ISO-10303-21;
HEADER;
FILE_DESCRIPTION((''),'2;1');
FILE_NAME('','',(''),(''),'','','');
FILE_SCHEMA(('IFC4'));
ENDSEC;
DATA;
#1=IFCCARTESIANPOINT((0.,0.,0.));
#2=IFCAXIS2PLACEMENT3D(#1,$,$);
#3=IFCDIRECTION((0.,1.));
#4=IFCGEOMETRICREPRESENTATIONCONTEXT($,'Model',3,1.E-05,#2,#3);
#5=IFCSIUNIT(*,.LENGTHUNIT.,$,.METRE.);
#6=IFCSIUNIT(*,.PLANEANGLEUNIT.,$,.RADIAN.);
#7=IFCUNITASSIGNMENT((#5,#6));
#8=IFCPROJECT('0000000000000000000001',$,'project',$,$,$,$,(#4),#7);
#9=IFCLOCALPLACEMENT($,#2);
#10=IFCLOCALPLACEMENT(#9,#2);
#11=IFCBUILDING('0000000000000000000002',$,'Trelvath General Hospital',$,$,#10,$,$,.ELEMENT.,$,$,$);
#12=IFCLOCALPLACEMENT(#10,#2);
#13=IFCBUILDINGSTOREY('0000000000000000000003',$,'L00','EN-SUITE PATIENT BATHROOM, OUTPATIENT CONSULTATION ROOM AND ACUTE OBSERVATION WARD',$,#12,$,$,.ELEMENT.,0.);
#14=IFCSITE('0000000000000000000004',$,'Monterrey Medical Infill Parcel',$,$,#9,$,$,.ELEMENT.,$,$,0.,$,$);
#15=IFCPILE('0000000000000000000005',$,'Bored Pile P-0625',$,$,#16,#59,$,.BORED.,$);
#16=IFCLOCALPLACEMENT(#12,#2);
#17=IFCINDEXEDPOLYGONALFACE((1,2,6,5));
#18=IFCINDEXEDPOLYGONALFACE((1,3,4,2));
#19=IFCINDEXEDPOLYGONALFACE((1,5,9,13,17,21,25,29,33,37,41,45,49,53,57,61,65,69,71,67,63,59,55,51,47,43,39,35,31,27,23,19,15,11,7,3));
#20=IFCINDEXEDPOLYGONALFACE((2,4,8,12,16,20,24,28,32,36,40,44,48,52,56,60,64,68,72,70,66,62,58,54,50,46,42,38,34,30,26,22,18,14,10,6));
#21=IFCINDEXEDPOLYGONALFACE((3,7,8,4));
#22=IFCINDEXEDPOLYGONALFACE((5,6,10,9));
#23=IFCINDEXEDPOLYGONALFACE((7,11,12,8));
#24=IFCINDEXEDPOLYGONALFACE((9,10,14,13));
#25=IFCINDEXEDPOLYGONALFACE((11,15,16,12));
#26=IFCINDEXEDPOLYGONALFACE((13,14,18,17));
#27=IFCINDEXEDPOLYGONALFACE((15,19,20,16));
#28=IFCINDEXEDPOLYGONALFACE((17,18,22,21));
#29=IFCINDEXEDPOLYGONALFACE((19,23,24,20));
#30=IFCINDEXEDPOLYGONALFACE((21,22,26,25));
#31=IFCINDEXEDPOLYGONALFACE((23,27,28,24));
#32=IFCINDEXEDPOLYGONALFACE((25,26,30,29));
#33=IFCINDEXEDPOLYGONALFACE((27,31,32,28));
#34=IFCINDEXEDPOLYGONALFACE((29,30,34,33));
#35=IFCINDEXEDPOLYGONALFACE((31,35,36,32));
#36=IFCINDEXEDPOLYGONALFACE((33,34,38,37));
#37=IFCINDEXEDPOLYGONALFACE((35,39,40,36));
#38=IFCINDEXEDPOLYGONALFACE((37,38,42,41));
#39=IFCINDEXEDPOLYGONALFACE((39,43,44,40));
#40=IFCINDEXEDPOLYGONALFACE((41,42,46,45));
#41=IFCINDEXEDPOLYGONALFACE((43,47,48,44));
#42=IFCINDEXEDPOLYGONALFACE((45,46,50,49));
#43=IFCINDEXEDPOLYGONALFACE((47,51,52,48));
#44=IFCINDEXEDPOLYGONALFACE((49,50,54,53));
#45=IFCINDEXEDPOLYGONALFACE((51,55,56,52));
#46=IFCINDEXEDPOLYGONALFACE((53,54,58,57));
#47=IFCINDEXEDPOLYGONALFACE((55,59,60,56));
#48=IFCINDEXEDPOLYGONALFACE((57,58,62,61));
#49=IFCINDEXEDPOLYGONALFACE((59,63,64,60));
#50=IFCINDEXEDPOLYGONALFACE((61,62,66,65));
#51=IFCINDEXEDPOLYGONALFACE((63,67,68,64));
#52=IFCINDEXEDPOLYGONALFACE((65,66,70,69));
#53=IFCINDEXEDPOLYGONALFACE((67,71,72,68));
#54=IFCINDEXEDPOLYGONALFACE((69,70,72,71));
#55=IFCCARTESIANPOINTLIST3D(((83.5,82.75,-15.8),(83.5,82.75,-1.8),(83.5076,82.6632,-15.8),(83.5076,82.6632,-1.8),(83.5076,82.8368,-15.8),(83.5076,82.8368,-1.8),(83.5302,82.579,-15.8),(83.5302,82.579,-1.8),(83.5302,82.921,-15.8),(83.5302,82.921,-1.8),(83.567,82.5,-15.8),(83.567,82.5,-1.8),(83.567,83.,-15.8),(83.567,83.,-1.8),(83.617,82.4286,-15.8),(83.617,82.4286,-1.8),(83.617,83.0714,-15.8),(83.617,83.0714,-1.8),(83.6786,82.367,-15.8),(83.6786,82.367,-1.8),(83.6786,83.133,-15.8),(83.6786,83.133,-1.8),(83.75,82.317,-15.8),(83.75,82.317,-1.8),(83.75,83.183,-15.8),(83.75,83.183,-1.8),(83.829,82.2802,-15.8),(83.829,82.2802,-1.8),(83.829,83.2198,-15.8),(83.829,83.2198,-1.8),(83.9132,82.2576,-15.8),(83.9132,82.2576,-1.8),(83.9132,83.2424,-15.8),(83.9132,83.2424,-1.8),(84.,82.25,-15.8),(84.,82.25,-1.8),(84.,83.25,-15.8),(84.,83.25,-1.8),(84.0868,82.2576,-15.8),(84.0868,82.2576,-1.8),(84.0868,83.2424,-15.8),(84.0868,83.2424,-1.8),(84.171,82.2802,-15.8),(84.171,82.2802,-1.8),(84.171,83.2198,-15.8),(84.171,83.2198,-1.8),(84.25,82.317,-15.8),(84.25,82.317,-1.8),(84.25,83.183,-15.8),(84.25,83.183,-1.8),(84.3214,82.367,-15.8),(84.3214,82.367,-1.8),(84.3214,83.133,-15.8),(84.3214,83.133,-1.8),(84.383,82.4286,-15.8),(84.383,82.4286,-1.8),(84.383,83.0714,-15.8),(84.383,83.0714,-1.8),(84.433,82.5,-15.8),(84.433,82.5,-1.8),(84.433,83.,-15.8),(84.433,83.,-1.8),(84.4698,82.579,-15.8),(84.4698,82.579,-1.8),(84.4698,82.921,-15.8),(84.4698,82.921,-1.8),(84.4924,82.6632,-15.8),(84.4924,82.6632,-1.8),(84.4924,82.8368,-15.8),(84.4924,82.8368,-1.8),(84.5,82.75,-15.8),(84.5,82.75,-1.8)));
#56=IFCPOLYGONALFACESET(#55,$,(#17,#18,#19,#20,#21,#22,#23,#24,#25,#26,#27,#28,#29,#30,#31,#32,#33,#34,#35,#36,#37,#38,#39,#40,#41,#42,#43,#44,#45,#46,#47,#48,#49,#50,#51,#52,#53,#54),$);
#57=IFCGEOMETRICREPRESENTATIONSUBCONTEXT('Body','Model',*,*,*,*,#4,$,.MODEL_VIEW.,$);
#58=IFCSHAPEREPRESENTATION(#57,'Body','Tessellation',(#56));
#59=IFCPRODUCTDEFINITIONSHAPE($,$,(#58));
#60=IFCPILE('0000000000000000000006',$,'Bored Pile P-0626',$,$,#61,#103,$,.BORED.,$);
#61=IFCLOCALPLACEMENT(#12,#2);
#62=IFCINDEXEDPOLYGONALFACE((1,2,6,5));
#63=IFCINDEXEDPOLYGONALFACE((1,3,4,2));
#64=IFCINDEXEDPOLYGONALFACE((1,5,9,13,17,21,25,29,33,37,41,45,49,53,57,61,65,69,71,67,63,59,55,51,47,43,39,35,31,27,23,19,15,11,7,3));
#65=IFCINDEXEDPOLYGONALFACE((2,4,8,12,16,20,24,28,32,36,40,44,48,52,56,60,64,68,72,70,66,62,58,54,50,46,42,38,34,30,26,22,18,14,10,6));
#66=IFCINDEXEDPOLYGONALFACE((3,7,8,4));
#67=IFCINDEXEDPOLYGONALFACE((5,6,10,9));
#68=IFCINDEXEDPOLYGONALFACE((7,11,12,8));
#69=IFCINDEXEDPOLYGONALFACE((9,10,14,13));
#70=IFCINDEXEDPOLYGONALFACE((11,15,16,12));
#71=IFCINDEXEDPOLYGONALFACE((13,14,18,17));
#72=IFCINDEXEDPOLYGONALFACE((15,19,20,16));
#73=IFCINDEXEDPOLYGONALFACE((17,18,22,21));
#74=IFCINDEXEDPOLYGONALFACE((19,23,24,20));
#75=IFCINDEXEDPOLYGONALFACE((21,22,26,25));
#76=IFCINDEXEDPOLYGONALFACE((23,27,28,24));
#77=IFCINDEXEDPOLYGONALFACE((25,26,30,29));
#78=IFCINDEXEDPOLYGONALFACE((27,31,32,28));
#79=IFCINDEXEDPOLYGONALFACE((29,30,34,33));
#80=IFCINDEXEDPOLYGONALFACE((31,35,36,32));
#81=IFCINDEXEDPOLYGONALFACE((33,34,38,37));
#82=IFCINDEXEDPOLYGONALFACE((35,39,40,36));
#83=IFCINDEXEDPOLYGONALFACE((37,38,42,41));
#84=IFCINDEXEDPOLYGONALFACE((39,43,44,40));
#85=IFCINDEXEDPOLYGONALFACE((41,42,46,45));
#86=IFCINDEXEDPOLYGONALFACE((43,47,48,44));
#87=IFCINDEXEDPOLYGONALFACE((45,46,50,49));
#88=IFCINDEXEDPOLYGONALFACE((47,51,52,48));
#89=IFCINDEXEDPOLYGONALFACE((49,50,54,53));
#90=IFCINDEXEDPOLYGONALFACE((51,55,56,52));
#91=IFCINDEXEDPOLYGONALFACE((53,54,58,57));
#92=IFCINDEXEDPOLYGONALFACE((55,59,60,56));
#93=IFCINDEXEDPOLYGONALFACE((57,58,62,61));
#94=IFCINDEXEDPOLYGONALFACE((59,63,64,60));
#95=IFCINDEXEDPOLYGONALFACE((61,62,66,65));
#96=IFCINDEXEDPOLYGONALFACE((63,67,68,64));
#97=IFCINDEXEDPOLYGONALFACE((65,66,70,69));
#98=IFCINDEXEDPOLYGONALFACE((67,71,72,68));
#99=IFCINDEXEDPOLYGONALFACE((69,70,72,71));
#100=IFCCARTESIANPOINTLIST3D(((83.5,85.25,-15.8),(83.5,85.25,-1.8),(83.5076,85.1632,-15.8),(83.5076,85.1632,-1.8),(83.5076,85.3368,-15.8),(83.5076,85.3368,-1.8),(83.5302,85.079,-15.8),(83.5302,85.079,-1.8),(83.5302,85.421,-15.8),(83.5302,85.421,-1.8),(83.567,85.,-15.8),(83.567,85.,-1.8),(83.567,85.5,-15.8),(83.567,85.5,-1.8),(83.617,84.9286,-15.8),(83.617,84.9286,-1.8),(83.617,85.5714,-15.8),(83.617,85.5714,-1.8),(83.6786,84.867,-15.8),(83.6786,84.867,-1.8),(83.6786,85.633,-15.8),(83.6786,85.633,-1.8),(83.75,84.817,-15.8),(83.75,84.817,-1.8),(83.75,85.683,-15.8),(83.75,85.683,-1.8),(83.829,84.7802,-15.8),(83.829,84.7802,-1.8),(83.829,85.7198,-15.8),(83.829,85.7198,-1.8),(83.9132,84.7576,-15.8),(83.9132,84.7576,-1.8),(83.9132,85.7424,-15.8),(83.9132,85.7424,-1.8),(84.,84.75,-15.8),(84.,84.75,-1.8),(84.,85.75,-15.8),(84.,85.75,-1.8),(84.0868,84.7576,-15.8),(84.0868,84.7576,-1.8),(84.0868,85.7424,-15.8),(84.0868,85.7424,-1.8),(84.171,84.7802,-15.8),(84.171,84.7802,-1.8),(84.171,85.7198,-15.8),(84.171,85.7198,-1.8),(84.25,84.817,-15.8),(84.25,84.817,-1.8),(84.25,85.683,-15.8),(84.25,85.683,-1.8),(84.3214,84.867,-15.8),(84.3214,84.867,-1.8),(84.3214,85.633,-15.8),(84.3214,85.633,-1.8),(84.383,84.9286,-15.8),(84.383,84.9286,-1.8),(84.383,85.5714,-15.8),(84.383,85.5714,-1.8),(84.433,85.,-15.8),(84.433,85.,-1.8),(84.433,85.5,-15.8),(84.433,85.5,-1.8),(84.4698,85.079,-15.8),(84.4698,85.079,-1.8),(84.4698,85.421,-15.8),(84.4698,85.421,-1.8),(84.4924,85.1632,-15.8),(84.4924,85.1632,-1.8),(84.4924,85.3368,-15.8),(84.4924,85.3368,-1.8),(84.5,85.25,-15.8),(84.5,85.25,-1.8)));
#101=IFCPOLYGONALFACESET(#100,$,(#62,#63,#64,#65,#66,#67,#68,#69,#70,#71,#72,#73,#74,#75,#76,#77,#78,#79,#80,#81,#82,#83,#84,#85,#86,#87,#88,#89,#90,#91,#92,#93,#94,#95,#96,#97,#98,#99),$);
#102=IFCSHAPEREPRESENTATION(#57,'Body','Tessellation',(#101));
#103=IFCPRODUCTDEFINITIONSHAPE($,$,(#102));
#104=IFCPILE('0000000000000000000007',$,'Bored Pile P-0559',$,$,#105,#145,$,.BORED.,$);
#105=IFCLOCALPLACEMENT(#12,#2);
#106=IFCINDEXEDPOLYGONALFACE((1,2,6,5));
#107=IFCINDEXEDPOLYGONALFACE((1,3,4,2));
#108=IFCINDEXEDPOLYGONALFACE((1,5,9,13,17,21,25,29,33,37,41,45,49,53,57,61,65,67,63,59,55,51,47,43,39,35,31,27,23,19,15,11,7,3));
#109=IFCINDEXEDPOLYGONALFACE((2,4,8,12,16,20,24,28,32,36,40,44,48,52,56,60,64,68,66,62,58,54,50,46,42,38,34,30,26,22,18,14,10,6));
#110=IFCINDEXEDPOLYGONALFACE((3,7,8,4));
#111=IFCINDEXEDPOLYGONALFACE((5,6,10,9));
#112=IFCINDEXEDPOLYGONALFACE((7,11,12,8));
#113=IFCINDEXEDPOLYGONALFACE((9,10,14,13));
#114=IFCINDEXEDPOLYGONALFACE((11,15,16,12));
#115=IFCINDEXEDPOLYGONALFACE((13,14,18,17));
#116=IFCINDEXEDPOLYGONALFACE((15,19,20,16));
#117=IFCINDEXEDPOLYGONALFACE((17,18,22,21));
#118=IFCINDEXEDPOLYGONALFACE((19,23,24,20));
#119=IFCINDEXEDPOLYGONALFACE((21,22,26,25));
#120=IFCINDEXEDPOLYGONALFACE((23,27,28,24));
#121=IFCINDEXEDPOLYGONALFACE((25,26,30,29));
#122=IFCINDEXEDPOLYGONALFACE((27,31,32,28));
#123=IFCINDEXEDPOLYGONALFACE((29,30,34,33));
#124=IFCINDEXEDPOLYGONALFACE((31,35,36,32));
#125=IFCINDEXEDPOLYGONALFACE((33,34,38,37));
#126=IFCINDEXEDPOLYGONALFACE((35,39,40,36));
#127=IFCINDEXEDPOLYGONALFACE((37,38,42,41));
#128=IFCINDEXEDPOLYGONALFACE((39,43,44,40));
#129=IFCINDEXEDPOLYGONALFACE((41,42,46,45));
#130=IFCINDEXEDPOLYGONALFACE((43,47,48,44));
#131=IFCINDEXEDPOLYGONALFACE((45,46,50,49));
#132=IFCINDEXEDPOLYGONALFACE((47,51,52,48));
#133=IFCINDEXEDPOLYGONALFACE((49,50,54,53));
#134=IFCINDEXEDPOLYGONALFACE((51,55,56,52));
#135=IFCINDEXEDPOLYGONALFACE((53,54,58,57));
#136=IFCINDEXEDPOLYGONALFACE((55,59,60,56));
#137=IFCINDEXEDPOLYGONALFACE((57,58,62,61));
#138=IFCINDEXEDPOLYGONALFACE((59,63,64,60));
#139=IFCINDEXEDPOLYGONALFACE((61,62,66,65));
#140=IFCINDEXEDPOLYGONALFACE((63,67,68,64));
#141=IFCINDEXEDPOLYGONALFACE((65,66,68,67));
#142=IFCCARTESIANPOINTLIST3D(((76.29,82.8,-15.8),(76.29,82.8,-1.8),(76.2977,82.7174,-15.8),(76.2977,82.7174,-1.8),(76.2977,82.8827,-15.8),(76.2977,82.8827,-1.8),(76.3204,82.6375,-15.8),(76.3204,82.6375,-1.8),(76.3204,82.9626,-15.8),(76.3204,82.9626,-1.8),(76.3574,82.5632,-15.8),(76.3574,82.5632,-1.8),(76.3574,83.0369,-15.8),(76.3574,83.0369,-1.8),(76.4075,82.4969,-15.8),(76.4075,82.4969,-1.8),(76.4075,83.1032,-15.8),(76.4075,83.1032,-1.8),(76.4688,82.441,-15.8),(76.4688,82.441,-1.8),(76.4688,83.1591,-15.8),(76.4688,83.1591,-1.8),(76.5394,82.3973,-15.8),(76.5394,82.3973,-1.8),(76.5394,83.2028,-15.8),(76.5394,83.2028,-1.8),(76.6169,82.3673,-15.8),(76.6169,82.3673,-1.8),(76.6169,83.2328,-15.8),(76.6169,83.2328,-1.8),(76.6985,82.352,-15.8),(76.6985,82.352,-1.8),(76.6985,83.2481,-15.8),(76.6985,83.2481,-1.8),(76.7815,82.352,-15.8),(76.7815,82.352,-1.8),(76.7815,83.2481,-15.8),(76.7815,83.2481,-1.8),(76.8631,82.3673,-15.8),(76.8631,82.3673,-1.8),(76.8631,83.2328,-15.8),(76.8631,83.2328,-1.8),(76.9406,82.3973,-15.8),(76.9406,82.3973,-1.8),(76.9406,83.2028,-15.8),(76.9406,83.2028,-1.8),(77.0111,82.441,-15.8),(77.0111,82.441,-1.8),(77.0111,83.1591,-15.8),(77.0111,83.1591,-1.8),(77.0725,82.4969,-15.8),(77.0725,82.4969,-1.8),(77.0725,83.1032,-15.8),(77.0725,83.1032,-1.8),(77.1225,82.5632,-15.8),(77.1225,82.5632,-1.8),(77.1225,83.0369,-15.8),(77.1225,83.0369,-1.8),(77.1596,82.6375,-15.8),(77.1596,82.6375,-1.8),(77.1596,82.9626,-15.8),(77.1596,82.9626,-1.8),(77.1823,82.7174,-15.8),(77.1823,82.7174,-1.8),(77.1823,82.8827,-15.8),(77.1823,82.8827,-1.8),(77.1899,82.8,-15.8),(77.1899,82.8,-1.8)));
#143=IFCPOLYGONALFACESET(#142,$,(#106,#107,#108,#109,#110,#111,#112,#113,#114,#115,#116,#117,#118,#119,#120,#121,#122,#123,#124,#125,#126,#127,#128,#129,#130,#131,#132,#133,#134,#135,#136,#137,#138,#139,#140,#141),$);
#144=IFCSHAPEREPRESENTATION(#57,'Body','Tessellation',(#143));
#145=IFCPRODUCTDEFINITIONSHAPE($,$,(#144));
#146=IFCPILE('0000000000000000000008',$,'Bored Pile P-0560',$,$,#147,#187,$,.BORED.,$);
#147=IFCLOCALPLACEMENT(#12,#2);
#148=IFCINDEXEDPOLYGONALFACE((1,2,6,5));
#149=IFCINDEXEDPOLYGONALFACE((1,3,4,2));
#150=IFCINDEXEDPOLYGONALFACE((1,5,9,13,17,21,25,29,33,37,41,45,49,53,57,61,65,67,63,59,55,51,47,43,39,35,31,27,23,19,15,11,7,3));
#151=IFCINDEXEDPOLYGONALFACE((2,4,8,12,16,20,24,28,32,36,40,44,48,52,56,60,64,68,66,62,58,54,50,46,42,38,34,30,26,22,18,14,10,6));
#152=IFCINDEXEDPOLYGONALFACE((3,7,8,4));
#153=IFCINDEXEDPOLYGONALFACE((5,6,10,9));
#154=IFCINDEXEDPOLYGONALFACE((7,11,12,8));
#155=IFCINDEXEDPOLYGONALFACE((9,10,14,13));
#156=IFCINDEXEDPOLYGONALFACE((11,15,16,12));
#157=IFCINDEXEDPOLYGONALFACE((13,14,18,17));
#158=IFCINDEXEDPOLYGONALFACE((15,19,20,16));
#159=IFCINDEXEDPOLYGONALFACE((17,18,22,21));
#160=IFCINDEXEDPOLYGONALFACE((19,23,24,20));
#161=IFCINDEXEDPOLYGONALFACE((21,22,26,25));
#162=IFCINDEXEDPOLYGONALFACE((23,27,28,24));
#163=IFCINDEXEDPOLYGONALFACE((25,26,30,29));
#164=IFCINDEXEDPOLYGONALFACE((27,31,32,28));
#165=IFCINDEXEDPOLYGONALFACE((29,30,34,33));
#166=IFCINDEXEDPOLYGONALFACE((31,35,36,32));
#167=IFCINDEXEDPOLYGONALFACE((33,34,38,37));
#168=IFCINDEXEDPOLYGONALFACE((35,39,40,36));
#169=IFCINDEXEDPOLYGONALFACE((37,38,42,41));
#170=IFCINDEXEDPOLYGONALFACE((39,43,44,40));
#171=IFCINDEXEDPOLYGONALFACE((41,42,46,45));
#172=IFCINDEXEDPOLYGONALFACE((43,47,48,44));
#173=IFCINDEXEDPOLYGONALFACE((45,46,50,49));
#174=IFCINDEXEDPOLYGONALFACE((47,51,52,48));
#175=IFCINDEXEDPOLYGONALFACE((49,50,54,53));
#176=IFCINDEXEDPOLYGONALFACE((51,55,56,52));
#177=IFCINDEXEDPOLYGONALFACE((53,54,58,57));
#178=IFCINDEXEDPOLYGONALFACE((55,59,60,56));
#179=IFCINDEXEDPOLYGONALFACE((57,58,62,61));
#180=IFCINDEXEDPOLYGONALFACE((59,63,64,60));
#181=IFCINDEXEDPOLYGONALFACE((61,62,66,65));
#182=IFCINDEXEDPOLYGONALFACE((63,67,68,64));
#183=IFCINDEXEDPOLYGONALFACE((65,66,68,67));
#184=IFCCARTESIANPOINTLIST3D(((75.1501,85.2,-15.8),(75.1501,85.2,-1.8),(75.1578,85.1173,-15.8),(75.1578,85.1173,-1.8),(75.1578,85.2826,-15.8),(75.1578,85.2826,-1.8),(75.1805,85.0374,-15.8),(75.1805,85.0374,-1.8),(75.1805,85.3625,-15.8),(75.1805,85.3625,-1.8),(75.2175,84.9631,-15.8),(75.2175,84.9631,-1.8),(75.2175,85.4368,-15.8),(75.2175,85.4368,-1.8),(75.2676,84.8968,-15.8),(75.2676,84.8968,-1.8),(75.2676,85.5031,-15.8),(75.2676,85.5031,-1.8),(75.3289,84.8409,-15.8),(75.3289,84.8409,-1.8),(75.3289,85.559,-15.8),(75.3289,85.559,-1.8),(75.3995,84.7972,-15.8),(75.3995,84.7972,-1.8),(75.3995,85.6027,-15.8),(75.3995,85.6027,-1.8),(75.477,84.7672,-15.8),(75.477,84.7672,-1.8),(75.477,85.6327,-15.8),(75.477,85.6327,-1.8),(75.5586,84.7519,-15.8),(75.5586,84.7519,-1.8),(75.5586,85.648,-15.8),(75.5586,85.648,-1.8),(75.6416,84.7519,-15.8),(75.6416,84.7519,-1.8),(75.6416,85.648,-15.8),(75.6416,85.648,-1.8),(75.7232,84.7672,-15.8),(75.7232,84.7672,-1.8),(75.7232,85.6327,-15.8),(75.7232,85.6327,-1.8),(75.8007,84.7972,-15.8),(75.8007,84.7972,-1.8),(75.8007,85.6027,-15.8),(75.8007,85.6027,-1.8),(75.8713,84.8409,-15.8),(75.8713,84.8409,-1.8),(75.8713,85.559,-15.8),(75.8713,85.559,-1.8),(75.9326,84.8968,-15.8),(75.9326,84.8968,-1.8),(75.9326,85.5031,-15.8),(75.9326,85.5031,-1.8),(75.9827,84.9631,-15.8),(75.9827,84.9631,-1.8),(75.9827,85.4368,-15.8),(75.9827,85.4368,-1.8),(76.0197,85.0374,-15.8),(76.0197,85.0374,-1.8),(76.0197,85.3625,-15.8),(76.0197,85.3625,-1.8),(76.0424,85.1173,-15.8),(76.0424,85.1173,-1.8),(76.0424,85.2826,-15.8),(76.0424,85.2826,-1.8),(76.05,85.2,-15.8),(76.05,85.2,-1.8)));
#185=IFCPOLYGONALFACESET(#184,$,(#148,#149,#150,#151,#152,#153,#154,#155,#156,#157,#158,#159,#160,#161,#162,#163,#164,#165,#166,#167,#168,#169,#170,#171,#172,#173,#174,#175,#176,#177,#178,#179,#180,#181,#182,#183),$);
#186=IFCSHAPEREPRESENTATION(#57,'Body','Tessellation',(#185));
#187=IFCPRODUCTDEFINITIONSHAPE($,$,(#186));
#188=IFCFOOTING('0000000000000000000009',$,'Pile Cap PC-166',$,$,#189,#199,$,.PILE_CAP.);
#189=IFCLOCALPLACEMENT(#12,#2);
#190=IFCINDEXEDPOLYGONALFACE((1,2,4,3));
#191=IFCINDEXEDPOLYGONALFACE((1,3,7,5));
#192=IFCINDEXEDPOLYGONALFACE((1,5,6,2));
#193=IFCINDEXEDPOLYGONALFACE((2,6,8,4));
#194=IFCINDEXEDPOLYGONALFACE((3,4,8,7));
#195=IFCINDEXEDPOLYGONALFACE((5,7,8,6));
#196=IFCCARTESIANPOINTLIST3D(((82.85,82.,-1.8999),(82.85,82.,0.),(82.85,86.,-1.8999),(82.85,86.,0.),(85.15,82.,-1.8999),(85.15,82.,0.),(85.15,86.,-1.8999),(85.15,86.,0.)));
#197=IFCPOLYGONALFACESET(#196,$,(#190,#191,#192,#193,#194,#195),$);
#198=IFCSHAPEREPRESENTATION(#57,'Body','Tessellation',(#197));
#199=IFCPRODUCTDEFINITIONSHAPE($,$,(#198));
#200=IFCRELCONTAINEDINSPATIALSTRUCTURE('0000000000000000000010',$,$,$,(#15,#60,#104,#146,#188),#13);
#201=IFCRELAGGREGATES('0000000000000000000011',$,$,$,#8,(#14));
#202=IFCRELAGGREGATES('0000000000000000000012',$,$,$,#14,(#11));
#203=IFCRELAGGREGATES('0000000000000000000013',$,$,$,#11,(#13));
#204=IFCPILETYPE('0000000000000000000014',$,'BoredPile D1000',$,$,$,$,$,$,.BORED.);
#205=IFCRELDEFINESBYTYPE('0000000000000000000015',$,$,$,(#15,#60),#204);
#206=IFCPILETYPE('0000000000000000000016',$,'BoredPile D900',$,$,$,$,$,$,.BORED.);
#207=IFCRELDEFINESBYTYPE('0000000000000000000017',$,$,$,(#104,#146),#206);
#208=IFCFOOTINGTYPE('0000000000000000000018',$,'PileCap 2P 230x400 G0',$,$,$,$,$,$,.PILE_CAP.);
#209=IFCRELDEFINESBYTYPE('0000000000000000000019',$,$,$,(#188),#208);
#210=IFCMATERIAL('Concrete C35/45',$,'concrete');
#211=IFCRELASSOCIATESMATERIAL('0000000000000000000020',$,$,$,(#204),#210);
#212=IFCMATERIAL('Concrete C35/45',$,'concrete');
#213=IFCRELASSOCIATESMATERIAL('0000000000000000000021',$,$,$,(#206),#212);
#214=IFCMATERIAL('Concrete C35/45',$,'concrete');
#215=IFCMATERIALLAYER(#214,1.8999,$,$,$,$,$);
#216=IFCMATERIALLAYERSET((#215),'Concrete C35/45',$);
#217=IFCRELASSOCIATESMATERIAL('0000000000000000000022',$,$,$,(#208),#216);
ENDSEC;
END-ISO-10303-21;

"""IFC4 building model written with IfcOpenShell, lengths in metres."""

from ifc_helpers import new_model, si_unit, direction, frame, origin, origin_2d, place, context, subcontext, project, spatial, rectangle, circle, extrude, material, layer, layer_set, material_profile, profile_set, type_object, element, save


model = new_model("IFC4")

# Units and contexts
model_context = context("Model", 3, precision=1e-05, world=origin(), true_north=direction((0.0, 1.0)))
body_context = subcontext(model_context, "Body", "Model", "MODEL_VIEW")
ifc_project = project(units=[si_unit("LENGTHUNIT", "METRE"), si_unit("PLANEANGLEUNIT", "RADIAN")], contexts=[model_context])

# Site, building, storey
site_placement = place(None, origin())
site = spatial("IfcSite", under=ifc_project, at=site_placement, Name="Monterrey Medical Infill Parcel", CompositionType="ELEMENT", RefElevation=0.0)
building_placement = place(site_placement, origin())
building = spatial("IfcBuilding", under=site, at=building_placement, Name="Trelvath General Hospital", CompositionType="ELEMENT")
storey_placement = place(building_placement, origin())
storey = spatial("IfcBuildingStorey", under=building, at=storey_placement, Name="L00", Description="EN-SUITE PATIENT BATHROOM, OUTPATIENT CONSULTATION ROOM AND ACUTE OBSERVATION WARD", CompositionType="ELEMENT", Elevation=0.0)

# Piles
ifc_material_1 = material(Name="Concrete C35/45", Category="concrete")
ifc_material_profile_1 = material_profile(ifc_material_1, circle(Radius=0.5, at=origin_2d()), Name="PILE1000")
ifc_profile_set_1 = profile_set([ifc_material_profile_1], Name="Concrete C35/45")
pile_type_1 = type_object("IfcPileType", Name="BoredPile D1000", PredefinedType="BORED", material=ifc_profile_set_1)
for number, where, z_axis, x_axis, name in (
    (1, (84.0, 82.75, -1.8), (0.0, 0.0, -1.0), (1.0, 0.0, 0.0), "Bored Pile P-0625"),
    (2, (84.0, 85.25, -1.8), (0.0, 0.0, -1.0), (1.0, 0.0, 0.0), "Bored Pile P-0626"),
):
    element("IfcPile", number, at=place(storey_placement, frame(where, z_axis=z_axis, x_axis=x_axis)), inside=storey, type_object=pile_type_1, Name=name, PredefinedType="BORED", context=body_context, shape_type="SweptSolid", body=[
        extrude(circle(Radius=0.5, at=origin_2d()), origin(), (0.0, 0.0, 1.0), 14.0),
    ])
ifc_material_2 = material(Name="Concrete C35/45", Category="concrete")
ifc_material_profile_2 = material_profile(ifc_material_2, circle(Radius=0.45, at=origin_2d()), Name="PILE900")
ifc_profile_set_2 = profile_set([ifc_material_profile_2], Name="Concrete C35/45")
pile_type_2 = type_object("IfcPileType", Name="BoredPile D900", PredefinedType="BORED", material=ifc_profile_set_2)
for number, where, z_axis, x_axis, name in (
    (3, (76.74, 82.8, -1.8), (0.0, 0.0, -1.0), (1.0, 0.0, 0.0), "Bored Pile P-0559"),
    (4, (75.6001, 85.2, -1.8), (0.0, 0.0, -1.0), (1.0, 0.0, 0.0), "Bored Pile P-0560"),
):
    element("IfcPile", number, at=place(storey_placement, frame(where, z_axis=z_axis, x_axis=x_axis)), inside=storey, type_object=pile_type_2, Name=name, PredefinedType="BORED", context=body_context, shape_type="SweptSolid", body=[
        extrude(circle(Radius=0.45, at=origin_2d()), origin(), (0.0, 0.0, 1.0), 14.0),
    ])

# Footing
ifc_material_3 = material(Name="Concrete C35/45", Category="concrete")
ifc_layer_1 = layer(ifc_material_3, 1.8999)
ifc_layer_set_1 = layer_set([ifc_layer_1], Name="Concrete C35/45")
footing_type_1 = type_object("IfcFootingType", Name="PileCap 2P 230x400 G0", PredefinedType="PILE_CAP", material=ifc_layer_set_1)
footing_1_placement = place(storey_placement, frame((84.0, 84.0, -1.8999), z_axis=(0.0, 0.0, 1.0), x_axis=(1.0, 0.0, 0.0)))
element("IfcFooting", 5, at=footing_1_placement, inside=storey, type_object=footing_type_1, Name="Pile Cap PC-166", PredefinedType="PILE_CAP", context=body_context, shape_type="SweptSolid", body=[
    extrude(rectangle(XDim=2.3, YDim=4.0, at=origin_2d()), origin(), (0.0, 0.0, 1.0), 1.8999),
])

save(model, "model.ifc")
